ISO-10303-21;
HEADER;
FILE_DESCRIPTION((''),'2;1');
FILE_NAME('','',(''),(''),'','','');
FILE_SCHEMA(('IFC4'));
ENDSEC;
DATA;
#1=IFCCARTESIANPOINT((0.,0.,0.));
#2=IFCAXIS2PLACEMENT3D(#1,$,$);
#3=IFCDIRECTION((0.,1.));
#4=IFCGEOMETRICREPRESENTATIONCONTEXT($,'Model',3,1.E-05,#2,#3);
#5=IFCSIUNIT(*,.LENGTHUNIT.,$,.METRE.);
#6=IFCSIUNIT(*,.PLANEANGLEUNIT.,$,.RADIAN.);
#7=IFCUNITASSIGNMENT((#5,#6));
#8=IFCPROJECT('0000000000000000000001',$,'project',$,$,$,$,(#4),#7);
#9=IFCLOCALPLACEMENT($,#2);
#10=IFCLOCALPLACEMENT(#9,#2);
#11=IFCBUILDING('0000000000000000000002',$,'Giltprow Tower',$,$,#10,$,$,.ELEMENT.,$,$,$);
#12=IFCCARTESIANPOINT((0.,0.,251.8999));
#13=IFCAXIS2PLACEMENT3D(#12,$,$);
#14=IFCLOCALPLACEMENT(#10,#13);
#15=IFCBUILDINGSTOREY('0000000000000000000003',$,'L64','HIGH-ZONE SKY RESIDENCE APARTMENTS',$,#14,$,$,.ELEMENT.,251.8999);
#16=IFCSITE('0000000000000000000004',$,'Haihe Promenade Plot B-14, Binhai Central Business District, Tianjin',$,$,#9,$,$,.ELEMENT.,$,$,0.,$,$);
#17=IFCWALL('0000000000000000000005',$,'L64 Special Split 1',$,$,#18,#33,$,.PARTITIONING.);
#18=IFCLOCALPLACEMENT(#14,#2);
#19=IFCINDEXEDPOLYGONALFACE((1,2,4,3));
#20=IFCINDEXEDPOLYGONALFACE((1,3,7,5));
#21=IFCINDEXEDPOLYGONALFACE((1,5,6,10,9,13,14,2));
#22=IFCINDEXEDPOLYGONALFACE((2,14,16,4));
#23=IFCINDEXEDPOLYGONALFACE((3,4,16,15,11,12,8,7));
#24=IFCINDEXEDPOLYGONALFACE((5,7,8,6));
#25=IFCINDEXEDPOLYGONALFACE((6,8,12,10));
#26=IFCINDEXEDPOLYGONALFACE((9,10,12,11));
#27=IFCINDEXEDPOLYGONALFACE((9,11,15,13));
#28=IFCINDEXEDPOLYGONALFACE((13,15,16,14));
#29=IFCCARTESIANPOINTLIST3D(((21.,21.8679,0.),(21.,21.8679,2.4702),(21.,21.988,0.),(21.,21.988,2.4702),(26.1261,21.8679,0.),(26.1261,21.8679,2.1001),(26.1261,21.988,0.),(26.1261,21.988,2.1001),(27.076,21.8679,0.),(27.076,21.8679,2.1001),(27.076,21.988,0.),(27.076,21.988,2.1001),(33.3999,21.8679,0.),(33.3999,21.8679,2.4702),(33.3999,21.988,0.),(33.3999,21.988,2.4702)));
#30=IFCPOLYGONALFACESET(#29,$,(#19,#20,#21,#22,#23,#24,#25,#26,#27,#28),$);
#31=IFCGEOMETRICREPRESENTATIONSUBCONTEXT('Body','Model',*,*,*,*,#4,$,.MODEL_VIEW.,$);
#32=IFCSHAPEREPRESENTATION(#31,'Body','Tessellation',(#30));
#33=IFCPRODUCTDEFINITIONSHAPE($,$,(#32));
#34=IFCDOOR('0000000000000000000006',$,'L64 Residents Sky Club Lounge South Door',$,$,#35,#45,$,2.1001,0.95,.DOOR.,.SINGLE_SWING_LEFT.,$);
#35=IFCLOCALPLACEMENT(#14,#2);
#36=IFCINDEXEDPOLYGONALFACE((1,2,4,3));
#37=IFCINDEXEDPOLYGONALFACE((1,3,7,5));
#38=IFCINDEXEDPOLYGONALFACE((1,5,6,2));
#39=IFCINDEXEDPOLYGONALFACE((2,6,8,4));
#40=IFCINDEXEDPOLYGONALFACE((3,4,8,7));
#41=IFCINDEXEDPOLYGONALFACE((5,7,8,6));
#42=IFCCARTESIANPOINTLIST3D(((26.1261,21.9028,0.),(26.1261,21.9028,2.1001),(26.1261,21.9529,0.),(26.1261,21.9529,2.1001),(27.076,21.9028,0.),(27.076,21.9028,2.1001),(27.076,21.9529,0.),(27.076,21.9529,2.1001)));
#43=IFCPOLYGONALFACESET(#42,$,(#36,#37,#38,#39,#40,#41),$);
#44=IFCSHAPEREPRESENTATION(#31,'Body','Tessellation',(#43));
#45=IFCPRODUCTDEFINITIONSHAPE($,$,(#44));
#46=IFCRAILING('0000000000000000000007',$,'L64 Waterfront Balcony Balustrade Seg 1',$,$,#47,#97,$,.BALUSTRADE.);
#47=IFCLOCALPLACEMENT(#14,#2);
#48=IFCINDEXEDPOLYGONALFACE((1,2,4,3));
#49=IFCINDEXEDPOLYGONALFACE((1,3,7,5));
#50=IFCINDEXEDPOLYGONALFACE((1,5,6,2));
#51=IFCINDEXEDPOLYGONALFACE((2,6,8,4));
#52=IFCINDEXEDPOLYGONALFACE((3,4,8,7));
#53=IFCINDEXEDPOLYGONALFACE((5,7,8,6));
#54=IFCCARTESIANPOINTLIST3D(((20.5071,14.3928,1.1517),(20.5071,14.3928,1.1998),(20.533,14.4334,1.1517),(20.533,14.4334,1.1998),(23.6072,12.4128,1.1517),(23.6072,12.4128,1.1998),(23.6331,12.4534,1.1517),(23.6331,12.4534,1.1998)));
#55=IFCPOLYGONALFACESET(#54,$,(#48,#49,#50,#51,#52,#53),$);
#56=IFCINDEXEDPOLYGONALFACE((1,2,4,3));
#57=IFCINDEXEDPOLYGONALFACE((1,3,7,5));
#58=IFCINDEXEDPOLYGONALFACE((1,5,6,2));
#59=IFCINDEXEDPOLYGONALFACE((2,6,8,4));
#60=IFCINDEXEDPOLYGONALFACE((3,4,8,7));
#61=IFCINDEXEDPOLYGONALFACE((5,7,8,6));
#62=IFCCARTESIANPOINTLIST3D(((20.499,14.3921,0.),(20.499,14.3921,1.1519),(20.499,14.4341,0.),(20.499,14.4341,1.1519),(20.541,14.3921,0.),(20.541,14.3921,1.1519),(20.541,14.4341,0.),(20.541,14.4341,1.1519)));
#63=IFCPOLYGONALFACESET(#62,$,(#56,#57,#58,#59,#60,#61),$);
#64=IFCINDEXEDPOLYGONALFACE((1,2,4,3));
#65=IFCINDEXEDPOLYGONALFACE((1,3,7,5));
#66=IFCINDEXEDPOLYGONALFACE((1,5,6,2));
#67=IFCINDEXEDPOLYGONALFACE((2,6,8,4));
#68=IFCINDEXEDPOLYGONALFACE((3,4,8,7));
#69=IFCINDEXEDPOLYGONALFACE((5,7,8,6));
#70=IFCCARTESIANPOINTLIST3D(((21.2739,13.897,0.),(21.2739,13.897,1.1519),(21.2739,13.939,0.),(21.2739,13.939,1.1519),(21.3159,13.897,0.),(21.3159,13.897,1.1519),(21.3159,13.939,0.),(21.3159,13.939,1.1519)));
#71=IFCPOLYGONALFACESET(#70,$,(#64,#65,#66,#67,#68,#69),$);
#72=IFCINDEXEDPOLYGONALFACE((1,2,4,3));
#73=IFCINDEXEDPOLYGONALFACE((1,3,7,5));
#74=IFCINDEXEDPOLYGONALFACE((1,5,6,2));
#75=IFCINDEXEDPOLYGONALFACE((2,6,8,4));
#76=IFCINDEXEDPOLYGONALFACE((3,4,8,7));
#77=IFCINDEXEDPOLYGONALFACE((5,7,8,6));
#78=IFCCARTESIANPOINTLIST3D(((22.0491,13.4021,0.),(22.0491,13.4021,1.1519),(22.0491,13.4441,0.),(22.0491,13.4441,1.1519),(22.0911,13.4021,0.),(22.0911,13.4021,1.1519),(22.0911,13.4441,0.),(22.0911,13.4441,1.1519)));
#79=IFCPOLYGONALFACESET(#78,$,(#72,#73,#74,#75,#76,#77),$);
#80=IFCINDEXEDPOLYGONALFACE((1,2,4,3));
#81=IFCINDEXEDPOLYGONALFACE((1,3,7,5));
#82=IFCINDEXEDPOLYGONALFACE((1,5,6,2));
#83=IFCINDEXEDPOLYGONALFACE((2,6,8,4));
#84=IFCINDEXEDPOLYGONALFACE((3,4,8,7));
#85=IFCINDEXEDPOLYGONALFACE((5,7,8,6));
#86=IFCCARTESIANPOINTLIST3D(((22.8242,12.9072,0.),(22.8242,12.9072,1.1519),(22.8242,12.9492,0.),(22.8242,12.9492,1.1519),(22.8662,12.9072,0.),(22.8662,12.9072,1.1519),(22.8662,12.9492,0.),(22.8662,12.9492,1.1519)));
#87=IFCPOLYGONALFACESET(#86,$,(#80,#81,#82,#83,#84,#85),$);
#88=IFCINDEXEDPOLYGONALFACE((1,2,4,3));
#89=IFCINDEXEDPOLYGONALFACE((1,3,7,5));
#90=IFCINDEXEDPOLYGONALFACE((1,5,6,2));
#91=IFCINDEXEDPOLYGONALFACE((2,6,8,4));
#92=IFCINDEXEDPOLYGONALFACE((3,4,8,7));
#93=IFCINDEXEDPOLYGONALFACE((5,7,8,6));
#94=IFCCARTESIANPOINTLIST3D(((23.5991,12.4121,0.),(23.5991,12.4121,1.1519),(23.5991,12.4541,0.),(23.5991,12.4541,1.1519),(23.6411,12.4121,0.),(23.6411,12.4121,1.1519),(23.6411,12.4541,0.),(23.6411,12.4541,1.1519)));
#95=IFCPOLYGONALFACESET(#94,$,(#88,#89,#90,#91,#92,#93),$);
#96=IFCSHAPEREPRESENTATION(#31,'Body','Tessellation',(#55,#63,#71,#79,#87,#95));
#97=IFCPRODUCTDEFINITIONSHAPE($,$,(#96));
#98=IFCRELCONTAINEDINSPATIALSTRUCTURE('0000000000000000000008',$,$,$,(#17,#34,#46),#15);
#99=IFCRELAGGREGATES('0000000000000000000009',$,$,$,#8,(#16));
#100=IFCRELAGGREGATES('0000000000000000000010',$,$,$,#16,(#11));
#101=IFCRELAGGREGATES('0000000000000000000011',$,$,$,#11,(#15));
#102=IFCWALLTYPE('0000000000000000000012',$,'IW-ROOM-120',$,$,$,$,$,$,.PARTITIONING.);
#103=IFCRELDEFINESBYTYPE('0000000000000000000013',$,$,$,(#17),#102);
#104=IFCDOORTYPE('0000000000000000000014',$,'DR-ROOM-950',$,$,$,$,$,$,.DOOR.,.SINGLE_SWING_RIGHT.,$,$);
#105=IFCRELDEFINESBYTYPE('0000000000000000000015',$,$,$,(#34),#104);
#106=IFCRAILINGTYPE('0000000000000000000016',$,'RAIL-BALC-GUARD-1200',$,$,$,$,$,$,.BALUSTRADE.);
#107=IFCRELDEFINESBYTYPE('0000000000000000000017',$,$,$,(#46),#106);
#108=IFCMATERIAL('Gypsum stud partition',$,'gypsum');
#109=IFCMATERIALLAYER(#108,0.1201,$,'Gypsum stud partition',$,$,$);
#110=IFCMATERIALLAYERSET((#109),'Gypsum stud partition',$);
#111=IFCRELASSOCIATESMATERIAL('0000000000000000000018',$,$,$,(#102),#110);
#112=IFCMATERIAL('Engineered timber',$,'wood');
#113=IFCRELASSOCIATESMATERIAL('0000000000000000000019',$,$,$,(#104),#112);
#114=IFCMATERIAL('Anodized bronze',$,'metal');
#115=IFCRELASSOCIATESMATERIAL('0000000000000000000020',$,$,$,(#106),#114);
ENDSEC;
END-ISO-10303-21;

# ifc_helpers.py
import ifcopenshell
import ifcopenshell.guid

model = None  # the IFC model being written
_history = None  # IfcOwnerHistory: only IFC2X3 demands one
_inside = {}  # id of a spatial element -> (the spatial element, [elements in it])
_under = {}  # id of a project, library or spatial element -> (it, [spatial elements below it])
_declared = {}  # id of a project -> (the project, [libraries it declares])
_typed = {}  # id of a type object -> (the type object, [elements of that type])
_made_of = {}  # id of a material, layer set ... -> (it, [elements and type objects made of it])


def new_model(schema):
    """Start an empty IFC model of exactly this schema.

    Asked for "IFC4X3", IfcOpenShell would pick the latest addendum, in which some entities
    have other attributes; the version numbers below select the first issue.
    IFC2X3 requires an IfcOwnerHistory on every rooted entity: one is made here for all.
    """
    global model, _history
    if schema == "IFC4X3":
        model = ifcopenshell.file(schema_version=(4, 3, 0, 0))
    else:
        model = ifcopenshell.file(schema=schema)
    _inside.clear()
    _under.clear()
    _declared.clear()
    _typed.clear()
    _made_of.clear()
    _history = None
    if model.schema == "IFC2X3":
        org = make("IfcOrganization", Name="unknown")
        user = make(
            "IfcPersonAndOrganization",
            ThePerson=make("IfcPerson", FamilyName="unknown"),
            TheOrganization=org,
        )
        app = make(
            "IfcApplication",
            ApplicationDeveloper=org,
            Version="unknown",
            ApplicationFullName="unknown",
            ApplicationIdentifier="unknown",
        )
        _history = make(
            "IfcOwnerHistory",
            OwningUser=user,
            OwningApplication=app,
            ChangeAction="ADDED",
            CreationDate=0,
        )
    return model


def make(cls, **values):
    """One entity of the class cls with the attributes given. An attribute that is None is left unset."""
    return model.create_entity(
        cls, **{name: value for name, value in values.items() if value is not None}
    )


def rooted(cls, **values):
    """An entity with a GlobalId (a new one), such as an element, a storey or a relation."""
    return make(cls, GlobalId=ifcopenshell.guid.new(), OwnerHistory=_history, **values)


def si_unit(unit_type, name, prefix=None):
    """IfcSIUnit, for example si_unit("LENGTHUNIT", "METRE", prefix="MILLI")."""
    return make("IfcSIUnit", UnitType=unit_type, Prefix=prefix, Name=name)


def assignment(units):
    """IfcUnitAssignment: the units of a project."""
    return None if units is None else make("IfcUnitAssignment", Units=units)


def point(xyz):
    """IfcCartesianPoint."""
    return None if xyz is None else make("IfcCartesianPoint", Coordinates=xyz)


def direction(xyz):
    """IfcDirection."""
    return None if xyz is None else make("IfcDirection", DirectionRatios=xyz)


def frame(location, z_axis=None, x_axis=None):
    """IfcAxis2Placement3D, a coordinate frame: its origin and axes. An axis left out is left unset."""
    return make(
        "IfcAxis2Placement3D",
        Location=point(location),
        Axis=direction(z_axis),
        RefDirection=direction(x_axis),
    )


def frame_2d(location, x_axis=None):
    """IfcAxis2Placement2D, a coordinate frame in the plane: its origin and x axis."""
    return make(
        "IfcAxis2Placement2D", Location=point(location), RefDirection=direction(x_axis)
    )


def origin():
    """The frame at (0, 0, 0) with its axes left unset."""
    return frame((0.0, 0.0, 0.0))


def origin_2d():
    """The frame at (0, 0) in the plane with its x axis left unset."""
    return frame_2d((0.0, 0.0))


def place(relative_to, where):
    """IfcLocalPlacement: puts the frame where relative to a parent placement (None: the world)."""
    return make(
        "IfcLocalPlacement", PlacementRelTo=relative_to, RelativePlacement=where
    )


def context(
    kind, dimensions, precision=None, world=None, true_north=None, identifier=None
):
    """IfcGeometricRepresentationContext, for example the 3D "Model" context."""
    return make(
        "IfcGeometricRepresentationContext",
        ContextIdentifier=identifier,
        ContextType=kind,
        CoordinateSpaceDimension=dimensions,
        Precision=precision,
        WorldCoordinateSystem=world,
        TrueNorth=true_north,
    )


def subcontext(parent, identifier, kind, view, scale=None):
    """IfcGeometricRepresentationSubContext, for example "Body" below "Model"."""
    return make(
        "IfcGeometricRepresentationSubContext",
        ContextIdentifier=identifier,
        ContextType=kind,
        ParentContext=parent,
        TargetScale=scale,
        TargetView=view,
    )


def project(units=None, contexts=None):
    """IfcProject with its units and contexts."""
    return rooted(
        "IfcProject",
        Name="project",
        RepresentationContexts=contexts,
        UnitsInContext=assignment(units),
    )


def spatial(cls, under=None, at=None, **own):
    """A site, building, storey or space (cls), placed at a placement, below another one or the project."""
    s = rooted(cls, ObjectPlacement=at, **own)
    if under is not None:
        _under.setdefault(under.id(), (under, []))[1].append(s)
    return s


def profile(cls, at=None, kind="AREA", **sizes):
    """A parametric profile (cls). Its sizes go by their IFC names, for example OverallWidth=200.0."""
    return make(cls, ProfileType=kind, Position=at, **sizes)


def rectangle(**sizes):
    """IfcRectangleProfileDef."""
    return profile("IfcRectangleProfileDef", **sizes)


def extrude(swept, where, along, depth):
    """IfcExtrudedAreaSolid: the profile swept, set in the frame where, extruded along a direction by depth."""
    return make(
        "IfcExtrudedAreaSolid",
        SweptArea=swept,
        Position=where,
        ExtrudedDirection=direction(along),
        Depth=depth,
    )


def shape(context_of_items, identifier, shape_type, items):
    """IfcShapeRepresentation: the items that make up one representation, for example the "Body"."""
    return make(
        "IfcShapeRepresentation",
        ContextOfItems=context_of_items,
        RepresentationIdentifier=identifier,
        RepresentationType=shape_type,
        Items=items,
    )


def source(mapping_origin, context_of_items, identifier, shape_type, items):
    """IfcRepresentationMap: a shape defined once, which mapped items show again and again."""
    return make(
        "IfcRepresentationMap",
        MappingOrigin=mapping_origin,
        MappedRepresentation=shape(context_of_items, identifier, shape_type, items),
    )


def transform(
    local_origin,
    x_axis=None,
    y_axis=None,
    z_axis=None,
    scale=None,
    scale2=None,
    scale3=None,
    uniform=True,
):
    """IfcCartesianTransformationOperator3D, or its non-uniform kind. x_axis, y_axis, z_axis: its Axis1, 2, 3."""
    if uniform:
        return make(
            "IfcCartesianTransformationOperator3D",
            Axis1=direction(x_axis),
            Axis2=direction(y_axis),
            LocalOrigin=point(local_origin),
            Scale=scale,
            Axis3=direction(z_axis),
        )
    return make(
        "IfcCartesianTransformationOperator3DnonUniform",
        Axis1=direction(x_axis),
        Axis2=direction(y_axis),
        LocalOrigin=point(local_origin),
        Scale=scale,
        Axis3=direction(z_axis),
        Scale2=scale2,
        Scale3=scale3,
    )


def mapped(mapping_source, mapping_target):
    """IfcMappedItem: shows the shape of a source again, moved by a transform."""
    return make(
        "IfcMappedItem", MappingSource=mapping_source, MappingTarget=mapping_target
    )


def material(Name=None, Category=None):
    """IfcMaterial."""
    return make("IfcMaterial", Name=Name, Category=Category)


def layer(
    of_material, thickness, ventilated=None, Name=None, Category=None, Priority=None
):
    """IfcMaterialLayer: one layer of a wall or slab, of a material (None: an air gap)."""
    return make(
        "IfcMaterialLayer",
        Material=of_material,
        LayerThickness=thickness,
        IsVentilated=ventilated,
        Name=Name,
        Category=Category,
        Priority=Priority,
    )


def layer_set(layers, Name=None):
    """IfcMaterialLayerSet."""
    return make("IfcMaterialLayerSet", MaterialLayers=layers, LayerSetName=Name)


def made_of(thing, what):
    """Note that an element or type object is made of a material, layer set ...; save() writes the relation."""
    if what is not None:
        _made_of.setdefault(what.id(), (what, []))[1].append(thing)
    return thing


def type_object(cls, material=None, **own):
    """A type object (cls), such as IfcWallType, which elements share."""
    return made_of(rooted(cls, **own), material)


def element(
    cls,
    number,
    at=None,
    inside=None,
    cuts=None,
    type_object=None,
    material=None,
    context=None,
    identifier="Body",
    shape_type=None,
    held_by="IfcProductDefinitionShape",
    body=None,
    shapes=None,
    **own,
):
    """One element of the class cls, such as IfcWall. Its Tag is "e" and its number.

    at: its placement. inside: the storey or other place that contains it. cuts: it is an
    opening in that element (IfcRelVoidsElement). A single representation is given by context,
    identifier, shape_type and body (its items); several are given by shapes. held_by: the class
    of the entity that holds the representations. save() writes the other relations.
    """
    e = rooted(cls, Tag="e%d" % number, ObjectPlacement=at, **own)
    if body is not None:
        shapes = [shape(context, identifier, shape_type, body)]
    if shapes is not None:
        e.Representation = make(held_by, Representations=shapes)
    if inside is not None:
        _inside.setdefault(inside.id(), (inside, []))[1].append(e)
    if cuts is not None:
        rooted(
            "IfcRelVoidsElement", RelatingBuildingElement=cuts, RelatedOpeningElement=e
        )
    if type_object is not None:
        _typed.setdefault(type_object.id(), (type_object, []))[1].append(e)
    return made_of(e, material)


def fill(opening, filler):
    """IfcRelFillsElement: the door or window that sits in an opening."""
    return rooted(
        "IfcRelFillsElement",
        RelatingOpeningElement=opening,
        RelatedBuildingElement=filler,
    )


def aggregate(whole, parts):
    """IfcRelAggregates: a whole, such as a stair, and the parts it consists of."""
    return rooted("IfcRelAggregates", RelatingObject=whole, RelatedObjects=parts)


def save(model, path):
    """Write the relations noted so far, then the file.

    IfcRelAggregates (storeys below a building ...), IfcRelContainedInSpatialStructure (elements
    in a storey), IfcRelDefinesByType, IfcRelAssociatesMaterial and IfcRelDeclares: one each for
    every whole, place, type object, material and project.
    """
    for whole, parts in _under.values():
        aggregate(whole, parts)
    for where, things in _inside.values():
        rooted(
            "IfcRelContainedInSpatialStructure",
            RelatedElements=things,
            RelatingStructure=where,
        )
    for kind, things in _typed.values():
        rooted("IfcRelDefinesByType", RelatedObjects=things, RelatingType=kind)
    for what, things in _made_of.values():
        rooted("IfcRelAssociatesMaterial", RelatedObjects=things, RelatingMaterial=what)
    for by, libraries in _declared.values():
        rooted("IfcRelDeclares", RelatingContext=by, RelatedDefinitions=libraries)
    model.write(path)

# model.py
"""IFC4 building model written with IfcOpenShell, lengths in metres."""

from ifc_helpers import new_model, si_unit, direction, frame, frame_2d, origin, origin_2d, place, context, subcontext, project, spatial, rectangle, extrude, source, transform, mapped, material, layer, layer_set, type_object, element, fill, save


model = new_model("IFC4")

# Units and contexts
model_context = context("Model", 3, precision=1e-05, world=origin(), true_north=direction((0.0, 1.0)))
body_context = subcontext(model_context, "Body", "Model", "MODEL_VIEW")
ifc_project = project(units=[si_unit("LENGTHUNIT", "METRE"), si_unit("PLANEANGLEUNIT", "RADIAN")], contexts=[model_context])

# Site, building, storey
site_placement = place(None, origin())
site = spatial("IfcSite", under=ifc_project, at=site_placement, Name="Haihe Promenade Plot B-14, Binhai Central Business District, Tianjin", CompositionType="ELEMENT", RefElevation=0.0)
building_placement = place(site_placement, origin())
building = spatial("IfcBuilding", under=site, at=building_placement, Name="Giltprow Tower", CompositionType="ELEMENT")
storey_placement = place(building_placement, frame((0.0, 0.0, 251.8999)))
storey = spatial("IfcBuildingStorey", under=building, at=storey_placement, Name="L64", Description="HIGH-ZONE SKY RESIDENCE APARTMENTS", CompositionType="ELEMENT", Elevation=251.8999)

# Shared definitions
ifc_material_1 = material(Name="Anodized bronze", Category="metal")

# Shared definitions
ifc_material_2 = material(Name="Gypsum stud partition", Category="gypsum")

# Wall, opening, door
ifc_layer_1 = layer(ifc_material_2, 0.1201, Name="Gypsum stud partition")
ifc_layer_set_1 = layer_set([ifc_layer_1], Name="Gypsum stud partition")
wall_type_1 = type_object("IfcWallType", Name="IW-ROOM-120", PredefinedType="PARTITIONING", material=ifc_layer_set_1)
wall_1_placement = place(storey_placement, frame((21.0, 21.928, 0.0), z_axis=(0.0, 0.0, 1.0), x_axis=(1.0, 0.0, 0.0)))
wall_1 = element("IfcWall", 1, at=wall_1_placement, inside=storey, type_object=wall_type_1, Name="L64 Special Split 1", PredefinedType="PARTITIONING", context=body_context, shape_type="SweptSolid", body=[
    extrude(rectangle(XDim=12.3999, YDim=0.1201, at=frame_2d((6.2, 0.0))), origin(), (0.0, 0.0, 1.0), 2.4702),
])
opening_1_placement = place(wall_1_placement, frame((5.126, 0.0, 0.0)))
opening_1 = element("IfcOpeningElement", 2, at=opening_1_placement, cuts=wall_1, PredefinedType="OPENING", context=body_context, shape_type="SweptSolid", body=[
    extrude(rectangle(XDim=0.95, YDim=2.1001, at=frame_2d((0.4751, 1.05))), frame((0.0, 0.0701, 0.0), z_axis=(0.0, -1.0, 0.0), x_axis=(1.0, 0.0, 0.0)), (0.0, 0.0, 1.0), 0.1401),
])
ifc_material_3 = material(Name="Engineered timber", Category="wood")
door_type_1 = type_object("IfcDoorType", Name="DR-ROOM-950", OperationType="SINGLE_SWING_RIGHT", PredefinedType="DOOR", material=ifc_material_3)
shared_shape_1 = source(origin(), body_context, "Body", "SweptSolid", [
    extrude(rectangle(XDim=0.95, YDim=2.1001, at=frame_2d((0.4751, 1.05))), frame((0.0, 0.0249, 0.0), z_axis=(0.0, -1.0, 0.0), x_axis=(1.0, 0.0, 0.0)), (0.0, 0.0, 1.0), 0.05),
])
door_1_placement = place(opening_1_placement, origin())
door_1 = element("IfcDoor", 3, at=door_1_placement, inside=storey, type_object=door_type_1, Name="L64 Residents Sky Club Lounge South Door", OperationType="SINGLE_SWING_LEFT", OverallHeight=2.1001, OverallWidth=0.95, PredefinedType="DOOR", context=body_context, shape_type="MappedRepresentation", body=[
    mapped(shared_shape_1, transform((0.0, 0.0, 0.0), x_axis=(1.0, 0.0, 0.0), y_axis=(0.0, 1.0, 0.0), z_axis=(0.0, 0.0, 1.0), scale=1.0)),
])
fill(opening_1, door_1)

# Railing
railing_type = type_object("IfcRailingType", Name="RAIL-BALC-GUARD-1200", PredefinedType="BALUSTRADE", material=ifc_material_1)
railing_1_placement = place(storey_placement, frame((20.52, 14.4131, 0.0)))
element("IfcRailing", 4, at=railing_1_placement, inside=storey, type_object=railing_type, Name="L64 Waterfront Balcony Balustrade Seg 1", PredefinedType="BALUSTRADE", context=body_context, shape_type="SweptSolid", body=[
    extrude(rectangle(XDim=0.0481, YDim=0.0481, at=origin_2d()), frame((0.0, 0.0, 1.1758), z_axis=(0.842775, -0.538266, 0.0), x_axis=(0.538266, 0.842775, 0.0)), (0.0, 0.0, 1.0), 3.6785),
    extrude(rectangle(XDim=0.042, YDim=0.042, at=origin_2d()), origin(), (0.0, 0.0, 1.0), 1.1519),
    extrude(rectangle(XDim=0.042, YDim=0.042, at=origin_2d()), frame((0.7749, -0.4951, 0.0)), (0.0, 0.0, 1.0), 1.1519),
    extrude(rectangle(XDim=0.042, YDim=0.042, at=origin_2d()), frame((1.55, -0.99, 0.0)), (0.0, 0.0, 1.0), 1.1519),
    extrude(rectangle(XDim=0.042, YDim=0.042, at=origin_2d()), frame((2.3252, -1.4849, 0.0)), (0.0, 0.0, 1.0), 1.1519),
    extrude(rectangle(XDim=0.042, YDim=0.042, at=origin_2d()), frame((3.1001, -1.98, 0.0)), (0.0, 0.0, 1.0), 1.1519),
])

save(model, "model.ifc")
